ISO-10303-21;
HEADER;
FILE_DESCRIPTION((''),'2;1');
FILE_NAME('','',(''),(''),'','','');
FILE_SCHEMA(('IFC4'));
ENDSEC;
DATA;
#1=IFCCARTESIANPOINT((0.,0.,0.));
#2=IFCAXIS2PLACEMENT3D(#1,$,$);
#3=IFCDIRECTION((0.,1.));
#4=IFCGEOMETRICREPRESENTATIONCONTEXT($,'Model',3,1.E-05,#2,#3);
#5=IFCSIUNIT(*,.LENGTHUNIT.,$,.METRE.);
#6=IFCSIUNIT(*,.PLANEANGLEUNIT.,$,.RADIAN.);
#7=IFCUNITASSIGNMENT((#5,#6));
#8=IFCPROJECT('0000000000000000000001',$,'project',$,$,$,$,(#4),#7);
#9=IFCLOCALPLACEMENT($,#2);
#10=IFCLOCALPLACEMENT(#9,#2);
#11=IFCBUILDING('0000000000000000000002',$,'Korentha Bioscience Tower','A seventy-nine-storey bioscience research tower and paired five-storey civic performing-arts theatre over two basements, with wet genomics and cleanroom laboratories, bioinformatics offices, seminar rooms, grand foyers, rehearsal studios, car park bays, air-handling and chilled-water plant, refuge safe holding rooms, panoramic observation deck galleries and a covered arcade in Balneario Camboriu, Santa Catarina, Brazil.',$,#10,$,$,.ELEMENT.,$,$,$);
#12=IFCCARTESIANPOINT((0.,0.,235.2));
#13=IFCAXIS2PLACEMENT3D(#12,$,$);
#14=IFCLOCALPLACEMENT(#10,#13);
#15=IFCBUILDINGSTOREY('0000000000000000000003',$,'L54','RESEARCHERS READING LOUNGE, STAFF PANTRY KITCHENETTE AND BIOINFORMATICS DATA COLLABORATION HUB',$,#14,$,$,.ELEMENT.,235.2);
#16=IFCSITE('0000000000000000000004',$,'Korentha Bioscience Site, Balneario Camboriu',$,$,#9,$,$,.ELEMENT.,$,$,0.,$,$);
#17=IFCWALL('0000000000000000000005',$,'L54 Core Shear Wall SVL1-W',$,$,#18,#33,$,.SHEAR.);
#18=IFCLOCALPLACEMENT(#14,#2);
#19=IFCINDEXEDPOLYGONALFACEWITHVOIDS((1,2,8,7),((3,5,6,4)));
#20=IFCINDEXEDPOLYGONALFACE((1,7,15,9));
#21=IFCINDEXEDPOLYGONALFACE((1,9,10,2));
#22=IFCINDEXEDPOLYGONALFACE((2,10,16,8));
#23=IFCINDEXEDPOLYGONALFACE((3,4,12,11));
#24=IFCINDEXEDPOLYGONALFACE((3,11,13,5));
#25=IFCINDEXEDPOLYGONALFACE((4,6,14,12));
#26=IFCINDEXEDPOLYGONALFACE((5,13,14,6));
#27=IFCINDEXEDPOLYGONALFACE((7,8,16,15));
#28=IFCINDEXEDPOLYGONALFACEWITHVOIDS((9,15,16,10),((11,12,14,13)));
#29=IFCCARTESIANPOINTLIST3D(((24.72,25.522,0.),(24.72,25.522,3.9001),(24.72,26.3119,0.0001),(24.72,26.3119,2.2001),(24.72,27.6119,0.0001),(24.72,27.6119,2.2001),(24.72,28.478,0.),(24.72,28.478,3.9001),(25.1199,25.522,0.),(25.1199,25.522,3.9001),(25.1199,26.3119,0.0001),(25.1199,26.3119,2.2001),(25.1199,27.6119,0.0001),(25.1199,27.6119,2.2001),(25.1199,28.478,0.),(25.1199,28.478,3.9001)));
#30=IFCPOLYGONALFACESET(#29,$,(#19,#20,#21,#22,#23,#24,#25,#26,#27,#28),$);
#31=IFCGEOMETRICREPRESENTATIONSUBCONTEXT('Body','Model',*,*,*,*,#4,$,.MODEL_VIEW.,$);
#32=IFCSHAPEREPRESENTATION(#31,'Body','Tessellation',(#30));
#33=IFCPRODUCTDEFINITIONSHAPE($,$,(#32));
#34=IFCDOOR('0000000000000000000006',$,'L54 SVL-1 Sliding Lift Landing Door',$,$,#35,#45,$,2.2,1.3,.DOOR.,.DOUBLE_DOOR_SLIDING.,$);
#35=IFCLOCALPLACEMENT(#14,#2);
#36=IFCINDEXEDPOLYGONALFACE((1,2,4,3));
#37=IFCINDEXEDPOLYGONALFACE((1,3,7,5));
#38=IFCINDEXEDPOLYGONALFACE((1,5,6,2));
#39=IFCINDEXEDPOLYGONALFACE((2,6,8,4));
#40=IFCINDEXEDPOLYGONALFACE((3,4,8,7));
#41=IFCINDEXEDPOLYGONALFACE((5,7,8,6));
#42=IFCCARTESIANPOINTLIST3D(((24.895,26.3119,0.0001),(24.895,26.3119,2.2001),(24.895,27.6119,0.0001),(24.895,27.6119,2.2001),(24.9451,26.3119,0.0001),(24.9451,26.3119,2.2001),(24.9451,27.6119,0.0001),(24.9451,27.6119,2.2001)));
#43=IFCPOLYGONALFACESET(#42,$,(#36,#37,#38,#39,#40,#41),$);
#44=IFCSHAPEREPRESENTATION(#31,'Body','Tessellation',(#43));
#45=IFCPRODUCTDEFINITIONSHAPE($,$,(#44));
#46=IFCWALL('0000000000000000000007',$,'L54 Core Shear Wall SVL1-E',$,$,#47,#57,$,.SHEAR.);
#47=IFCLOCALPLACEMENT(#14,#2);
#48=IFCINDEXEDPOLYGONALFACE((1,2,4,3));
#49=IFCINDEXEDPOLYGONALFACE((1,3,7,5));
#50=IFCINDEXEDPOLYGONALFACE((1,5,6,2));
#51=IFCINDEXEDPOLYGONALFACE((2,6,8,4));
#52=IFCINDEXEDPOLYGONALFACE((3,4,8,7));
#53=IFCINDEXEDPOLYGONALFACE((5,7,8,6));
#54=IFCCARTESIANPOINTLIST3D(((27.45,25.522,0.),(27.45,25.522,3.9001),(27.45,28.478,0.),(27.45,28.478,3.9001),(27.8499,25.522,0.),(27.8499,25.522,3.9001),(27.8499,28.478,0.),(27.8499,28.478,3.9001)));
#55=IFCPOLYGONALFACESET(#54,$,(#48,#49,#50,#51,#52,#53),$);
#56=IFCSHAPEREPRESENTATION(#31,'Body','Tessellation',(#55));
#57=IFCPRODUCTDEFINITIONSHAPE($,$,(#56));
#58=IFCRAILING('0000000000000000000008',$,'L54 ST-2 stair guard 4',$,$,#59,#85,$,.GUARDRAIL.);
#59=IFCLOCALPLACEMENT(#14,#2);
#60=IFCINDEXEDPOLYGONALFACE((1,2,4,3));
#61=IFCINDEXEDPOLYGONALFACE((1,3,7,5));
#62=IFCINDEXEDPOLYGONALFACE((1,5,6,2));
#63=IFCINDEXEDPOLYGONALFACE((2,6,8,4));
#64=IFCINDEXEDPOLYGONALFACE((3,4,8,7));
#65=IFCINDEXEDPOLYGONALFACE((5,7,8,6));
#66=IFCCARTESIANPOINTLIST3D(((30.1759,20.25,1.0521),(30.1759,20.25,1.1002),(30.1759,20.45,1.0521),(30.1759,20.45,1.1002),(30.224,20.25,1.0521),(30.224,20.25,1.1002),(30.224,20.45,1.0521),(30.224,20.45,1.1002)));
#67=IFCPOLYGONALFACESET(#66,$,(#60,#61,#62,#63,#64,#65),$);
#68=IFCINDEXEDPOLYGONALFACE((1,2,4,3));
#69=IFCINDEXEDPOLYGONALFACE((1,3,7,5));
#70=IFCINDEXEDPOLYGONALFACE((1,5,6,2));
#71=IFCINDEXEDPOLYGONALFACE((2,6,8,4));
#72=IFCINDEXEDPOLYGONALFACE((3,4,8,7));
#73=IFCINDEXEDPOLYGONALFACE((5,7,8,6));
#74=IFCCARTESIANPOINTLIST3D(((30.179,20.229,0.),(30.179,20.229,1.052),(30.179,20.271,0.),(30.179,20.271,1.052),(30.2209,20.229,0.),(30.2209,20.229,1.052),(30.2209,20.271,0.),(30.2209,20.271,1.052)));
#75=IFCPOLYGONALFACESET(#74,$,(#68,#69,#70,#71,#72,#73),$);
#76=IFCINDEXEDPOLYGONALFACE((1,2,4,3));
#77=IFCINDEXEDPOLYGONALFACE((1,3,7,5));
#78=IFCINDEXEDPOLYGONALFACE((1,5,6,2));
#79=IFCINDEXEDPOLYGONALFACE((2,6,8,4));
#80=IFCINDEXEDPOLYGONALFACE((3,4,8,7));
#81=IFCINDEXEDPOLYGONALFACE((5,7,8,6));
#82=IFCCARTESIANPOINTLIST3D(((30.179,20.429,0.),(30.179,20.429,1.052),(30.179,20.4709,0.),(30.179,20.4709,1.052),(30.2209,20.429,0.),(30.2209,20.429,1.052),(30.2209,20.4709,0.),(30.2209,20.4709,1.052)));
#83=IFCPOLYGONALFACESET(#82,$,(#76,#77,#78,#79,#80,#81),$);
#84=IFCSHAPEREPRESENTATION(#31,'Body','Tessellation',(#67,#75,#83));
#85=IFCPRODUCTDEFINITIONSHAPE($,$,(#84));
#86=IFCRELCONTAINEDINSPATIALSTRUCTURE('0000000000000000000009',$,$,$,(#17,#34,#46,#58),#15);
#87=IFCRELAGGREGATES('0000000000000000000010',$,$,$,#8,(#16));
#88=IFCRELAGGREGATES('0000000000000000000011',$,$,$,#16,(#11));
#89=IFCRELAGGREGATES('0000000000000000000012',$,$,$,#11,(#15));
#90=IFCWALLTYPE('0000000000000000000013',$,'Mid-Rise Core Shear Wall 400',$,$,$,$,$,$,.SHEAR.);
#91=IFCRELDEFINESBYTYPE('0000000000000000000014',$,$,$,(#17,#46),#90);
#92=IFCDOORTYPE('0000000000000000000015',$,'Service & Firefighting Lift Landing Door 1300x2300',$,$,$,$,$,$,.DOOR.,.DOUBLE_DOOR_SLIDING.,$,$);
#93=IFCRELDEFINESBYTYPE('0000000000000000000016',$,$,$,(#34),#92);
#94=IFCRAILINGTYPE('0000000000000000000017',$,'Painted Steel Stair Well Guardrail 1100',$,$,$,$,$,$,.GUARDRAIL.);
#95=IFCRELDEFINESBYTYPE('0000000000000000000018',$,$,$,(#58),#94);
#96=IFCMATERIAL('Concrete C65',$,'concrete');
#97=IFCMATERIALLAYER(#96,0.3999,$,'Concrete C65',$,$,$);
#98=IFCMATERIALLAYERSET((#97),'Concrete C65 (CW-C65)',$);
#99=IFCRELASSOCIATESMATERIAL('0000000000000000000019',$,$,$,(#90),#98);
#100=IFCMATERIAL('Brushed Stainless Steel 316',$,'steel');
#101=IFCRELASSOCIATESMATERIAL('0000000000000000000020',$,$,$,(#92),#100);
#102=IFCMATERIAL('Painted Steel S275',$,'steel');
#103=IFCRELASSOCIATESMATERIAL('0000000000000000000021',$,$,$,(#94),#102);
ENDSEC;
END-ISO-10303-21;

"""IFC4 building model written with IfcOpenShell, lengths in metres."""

from ifc_helpers import new_model, si_unit, direction, frame, frame_2d, origin, origin_2d, place, context, subcontext, project, spatial, rectangle, extrude, material, layer, layer_set, type_object, element, fill, save


model = new_model("IFC4")

# Units and contexts
model_context = context("Model", 3, precision=1e-05, world=origin(), true_north=direction((0.0, 1.0)))
body_context = subcontext(model_context, "Body", "Model", "MODEL_VIEW")
ifc_project = project(units=[si_unit("LENGTHUNIT", "METRE"), si_unit("PLANEANGLEUNIT", "RADIAN")], contexts=[model_context])

# Site, building, storey
site_placement = place(None, origin())
site = spatial("IfcSite", under=ifc_project, at=site_placement, Name="Korentha Bioscience Site, Balneario Camboriu", CompositionType="ELEMENT", RefElevation=0.0)
building_placement = place(site_placement, origin())
building = spatial("IfcBuilding", under=site, at=building_placement, Name="Korentha Bioscience Tower", Description="A seventy-nine-storey bioscience research tower and paired five-storey civic performing-arts theatre over two basements, with wet genomics and cleanroom laboratories, bioinformatics offices, seminar rooms, grand foyers, rehearsal studios, car park bays, air-handling and chilled-water plant, refuge safe holding rooms, panoramic observation deck galleries and a covered arcade in Balneario Camboriu, Santa Catarina, Brazil.", CompositionType="ELEMENT")
storey_placement = place(building_placement, frame((0.0, 0.0, 235.2)))
storey = spatial("IfcBuildingStorey", under=building, at=storey_placement, Name="L54", Description="RESEARCHERS READING LOUNGE, STAFF PANTRY KITCHENETTE AND BIOINFORMATICS DATA COLLABORATION HUB", CompositionType="ELEMENT", Elevation=235.2)

# Shared definitions
ifc_material_1 = material(Name="Concrete C65", Category="concrete")

# Shared definitions
ifc_layer_1 = layer(ifc_material_1, 0.3999, Name="Concrete C65")
ifc_layer_set_1 = layer_set([ifc_layer_1], Name="Concrete C65 (CW-C65)")
wall_type_1 = type_object("IfcWallType", Name="Mid-Rise Core Shear Wall 400", PredefinedType="SHEAR", material=ifc_layer_set_1)

# Shared definitions
ifc_material_2 = material(Name="Brushed Stainless Steel 316", Category="steel")
door_type_1 = type_object("IfcDoorType", Name="Service & Firefighting Lift Landing Door 1300x2300", OperationType="DOUBLE_DOOR_SLIDING", PredefinedType="DOOR", material=ifc_material_2)

# Wall, opening, door
wall_1_placement = place(storey_placement, frame((24.9199, 25.522, 0.0), z_axis=(0.0, 0.0, 1.0), x_axis=(0.0, 1.0, 0.0)))
wall_1 = element("IfcWall", 1, at=wall_1_placement, inside=storey, type_object=wall_type_1, Name="L54 Core Shear Wall SVL1-W", PredefinedType="SHEAR", context=body_context, shape_type="SweptSolid", body=[
    extrude(rectangle(XDim=2.9561, YDim=0.3999, at=frame_2d((1.478, 0.0))), origin(), (0.0, 0.0, 1.0), 3.9001),
])
opening_1_placement = place(wall_1_placement, frame((0.79, 0.0, 0.0)))
opening_1 = element("IfcOpeningElement", 2, at=opening_1_placement, cuts=wall_1, PredefinedType="OPENING", context=body_context, shape_type="SweptSolid", body=[
    extrude(rectangle(XDim=1.3, YDim=2.2, at=frame_2d((0.6499, 1.1001))), frame((0.0, 0.2148, 0.0), z_axis=(0.0, -1.0, 0.0), x_axis=(1.0, 0.0, 0.0)), (0.0, 0.0, 1.0), 0.4297),
])
door_1_placement = place(opening_1_placement, origin())
door_1 = element("IfcDoor", 3, at=door_1_placement, inside=storey, type_object=door_type_1, Name="L54 SVL-1 Sliding Lift Landing Door", OperationType="DOUBLE_DOOR_SLIDING", OverallHeight=2.2, OverallWidth=1.3, PredefinedType="DOOR", context=body_context, shape_type="SweptSolid", body=[
    extrude(rectangle(XDim=1.3, YDim=2.2, at=frame_2d((0.6499, 1.1001))), frame((0.0, 0.0249, 0.0), z_axis=(0.0, -1.0, 0.0), x_axis=(1.0, 0.0, 0.0)), (0.0, 0.0, 1.0), 0.05),
])
fill(opening_1, door_1)

# Wall
wall_2_placement = place(storey_placement, frame((27.6499, 25.522, 0.0), z_axis=(0.0, 0.0, 1.0), x_axis=(0.0, 1.0, 0.0)))
element("IfcWall", 4, at=wall_2_placement, inside=storey, type_object=wall_type_1, Name="L54 Core Shear Wall SVL1-E", PredefinedType="SHEAR", context=body_context, shape_type="SweptSolid", body=[
    extrude(rectangle(XDim=2.9561, YDim=0.3999, at=frame_2d((1.478, 0.0))), origin(), (0.0, 0.0, 1.0), 3.9001),
])

# Railing
ifc_material_3 = material(Name="Painted Steel S275", Category="steel")
railing_type = type_object("IfcRailingType", Name="Painted Steel Stair Well Guardrail 1100", PredefinedType="GUARDRAIL", material=ifc_material_3)
railing_placement = place(storey_placement, frame((30.2, 20.25, 0.0)))
element("IfcRailing", 5, at=railing_placement, inside=storey, type_object=railing_type, Name="L54 ST-2 stair guard 4", PredefinedType="GUARDRAIL", context=body_context, shape_type="SweptSolid", body=[
    extrude(rectangle(XDim=0.0481, YDim=0.0481, at=origin_2d()), frame((0.0, 0.0, 1.0762), z_axis=(0.0, 1.0, 0.0), x_axis=(-1.0, 0.0, 0.0)), (0.0, 0.0, 1.0), 0.2),
    extrude(rectangle(XDim=0.042, YDim=0.042, at=origin_2d()), origin(), (0.0, 0.0, 1.0), 1.052),
    extrude(rectangle(XDim=0.042, YDim=0.042, at=origin_2d()), frame((0.0, 0.2, 0.0)), (0.0, 0.0, 1.0), 1.052),
])

save(model, "model.ifc")
